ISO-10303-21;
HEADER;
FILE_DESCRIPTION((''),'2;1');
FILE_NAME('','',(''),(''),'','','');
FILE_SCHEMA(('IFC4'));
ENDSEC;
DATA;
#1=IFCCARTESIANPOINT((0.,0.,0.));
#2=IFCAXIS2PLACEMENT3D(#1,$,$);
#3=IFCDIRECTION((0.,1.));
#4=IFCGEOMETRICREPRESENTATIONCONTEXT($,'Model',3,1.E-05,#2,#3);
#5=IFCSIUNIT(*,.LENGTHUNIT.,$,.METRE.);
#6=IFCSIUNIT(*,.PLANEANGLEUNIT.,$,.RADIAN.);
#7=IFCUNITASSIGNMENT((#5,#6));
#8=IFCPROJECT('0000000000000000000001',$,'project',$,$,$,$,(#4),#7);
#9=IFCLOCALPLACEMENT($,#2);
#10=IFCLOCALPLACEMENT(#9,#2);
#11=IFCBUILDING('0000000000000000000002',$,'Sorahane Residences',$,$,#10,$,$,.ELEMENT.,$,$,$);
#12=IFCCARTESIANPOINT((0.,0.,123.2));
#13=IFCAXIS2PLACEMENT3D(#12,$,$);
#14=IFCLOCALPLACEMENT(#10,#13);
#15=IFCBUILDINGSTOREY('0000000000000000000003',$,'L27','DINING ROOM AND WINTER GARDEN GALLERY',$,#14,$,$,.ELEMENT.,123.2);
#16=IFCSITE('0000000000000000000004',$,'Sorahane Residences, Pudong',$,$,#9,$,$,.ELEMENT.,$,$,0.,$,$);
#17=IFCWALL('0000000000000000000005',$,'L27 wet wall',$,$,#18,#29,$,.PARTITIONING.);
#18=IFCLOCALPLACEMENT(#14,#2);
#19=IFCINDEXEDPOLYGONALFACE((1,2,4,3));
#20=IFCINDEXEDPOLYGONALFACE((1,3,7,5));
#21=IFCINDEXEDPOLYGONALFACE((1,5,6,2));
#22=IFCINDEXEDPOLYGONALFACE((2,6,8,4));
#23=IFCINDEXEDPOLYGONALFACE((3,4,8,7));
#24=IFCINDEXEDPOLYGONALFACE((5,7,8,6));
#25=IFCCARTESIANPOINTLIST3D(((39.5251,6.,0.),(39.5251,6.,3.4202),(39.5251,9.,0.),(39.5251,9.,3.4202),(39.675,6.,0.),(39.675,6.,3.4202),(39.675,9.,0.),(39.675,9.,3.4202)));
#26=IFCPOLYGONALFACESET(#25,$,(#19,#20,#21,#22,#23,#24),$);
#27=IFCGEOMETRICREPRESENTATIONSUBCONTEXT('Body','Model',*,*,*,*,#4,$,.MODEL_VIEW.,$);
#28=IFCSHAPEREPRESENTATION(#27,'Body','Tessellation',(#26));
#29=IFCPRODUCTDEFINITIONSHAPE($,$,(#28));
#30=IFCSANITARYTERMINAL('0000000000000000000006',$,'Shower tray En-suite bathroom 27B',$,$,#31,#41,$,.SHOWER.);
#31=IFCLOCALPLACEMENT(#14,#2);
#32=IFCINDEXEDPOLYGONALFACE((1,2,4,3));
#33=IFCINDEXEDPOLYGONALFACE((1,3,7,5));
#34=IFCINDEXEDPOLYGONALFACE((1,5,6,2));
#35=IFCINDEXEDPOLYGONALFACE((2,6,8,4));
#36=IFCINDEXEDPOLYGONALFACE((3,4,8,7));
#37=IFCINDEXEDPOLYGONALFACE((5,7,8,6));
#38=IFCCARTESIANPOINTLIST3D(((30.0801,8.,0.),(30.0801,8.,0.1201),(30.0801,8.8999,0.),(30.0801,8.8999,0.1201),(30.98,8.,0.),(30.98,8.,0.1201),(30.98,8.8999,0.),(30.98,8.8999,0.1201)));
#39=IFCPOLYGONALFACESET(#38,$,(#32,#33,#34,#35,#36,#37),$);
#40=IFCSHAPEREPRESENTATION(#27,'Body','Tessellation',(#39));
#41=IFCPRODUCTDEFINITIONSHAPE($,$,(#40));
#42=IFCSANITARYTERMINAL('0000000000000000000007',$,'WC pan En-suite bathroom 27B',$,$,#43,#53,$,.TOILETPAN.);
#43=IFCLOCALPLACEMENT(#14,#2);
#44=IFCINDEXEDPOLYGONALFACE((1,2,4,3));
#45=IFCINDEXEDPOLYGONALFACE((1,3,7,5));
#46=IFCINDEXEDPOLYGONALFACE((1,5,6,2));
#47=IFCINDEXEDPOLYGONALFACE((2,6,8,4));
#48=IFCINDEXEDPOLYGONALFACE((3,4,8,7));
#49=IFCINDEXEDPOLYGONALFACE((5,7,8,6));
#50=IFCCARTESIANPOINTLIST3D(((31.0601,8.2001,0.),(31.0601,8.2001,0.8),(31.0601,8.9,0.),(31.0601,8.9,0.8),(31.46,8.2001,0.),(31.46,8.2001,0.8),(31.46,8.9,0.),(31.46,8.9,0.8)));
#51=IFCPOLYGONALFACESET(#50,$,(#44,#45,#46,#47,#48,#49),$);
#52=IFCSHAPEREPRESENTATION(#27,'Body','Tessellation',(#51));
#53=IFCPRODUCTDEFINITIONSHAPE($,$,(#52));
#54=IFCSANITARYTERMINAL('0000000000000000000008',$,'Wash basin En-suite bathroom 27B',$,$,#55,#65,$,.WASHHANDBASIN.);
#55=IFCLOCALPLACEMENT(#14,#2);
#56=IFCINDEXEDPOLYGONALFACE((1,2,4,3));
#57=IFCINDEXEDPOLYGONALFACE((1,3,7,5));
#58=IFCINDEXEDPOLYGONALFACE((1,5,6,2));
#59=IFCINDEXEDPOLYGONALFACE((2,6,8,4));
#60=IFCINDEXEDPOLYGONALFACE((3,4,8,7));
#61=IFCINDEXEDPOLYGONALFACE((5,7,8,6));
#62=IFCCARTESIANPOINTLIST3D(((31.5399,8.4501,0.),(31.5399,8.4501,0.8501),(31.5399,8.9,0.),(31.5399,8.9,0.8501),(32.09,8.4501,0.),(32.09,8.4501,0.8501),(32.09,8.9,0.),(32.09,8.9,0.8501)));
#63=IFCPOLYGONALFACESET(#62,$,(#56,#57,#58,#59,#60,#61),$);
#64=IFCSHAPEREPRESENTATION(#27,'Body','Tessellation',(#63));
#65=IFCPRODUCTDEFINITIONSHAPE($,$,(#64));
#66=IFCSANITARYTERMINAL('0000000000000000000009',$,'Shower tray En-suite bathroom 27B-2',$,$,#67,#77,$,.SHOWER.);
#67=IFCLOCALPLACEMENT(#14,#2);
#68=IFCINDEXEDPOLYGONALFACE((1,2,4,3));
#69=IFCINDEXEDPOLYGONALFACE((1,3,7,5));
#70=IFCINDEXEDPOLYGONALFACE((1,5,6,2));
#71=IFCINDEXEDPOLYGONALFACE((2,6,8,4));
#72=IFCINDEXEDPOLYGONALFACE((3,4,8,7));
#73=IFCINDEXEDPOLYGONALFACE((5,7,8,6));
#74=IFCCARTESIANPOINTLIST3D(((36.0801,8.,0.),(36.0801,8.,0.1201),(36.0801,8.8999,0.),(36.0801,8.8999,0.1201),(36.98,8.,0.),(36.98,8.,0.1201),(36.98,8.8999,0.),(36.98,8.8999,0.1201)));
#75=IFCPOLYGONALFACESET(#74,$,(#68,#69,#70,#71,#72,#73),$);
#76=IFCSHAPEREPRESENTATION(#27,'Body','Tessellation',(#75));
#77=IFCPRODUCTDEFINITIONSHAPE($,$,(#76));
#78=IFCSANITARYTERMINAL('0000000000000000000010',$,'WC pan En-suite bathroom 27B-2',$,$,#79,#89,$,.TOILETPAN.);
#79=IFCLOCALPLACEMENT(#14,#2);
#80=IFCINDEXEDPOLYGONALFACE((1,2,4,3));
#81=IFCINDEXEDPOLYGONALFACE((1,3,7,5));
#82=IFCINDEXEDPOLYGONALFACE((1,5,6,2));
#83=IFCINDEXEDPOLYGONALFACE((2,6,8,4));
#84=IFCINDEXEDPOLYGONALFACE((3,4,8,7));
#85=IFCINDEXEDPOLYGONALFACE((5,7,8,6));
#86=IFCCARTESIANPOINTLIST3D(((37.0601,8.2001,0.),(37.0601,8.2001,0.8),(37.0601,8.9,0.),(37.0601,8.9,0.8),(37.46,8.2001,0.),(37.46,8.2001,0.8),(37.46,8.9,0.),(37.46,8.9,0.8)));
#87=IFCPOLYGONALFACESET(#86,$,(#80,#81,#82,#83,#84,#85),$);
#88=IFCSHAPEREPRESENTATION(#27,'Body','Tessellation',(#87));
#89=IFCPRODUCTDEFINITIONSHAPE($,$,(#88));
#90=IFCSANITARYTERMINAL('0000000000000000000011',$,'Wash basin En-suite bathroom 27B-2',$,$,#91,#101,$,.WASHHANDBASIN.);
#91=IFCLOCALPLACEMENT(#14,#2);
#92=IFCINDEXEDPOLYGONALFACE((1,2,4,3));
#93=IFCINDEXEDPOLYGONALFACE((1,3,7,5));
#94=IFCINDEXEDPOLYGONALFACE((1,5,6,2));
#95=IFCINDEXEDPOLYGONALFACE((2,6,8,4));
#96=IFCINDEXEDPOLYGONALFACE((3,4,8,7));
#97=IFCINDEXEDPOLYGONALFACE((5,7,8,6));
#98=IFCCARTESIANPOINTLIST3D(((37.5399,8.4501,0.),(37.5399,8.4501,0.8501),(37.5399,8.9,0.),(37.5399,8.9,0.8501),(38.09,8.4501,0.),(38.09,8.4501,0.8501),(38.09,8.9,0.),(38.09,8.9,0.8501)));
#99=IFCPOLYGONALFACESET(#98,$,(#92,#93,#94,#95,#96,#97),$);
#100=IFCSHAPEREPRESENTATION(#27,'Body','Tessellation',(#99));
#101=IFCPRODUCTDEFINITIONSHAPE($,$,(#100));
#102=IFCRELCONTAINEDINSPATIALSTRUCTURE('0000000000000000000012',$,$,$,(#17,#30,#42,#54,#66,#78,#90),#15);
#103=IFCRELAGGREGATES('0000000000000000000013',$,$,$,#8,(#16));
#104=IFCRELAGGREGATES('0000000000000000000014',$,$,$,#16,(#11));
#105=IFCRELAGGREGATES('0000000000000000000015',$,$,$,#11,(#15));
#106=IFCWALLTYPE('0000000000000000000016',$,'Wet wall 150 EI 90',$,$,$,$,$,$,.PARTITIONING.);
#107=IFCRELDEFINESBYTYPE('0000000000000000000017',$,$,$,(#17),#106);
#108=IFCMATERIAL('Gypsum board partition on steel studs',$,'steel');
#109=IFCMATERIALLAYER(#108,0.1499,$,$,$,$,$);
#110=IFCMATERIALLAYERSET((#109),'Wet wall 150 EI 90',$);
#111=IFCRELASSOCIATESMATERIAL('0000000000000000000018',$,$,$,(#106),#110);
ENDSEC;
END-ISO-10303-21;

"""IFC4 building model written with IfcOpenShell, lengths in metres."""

from ifc_helpers import new_model, si_unit, direction, frame, frame_2d, origin, origin_2d, place, context, subcontext, project, spatial, rectangle, extrude, material, layer, layer_set, type_object, element, save


model = new_model("IFC4")

# Units and contexts
model_context = context("Model", 3, precision=1e-05, world=origin(), true_north=direction((0.0, 1.0)))
body_context = subcontext(model_context, "Body", "Model", "MODEL_VIEW")
ifc_project = project(units=[si_unit("LENGTHUNIT", "METRE"), si_unit("PLANEANGLEUNIT", "RADIAN")], contexts=[model_context])

# Site, building, storey
site_placement = place(None, origin())
site = spatial("IfcSite", under=ifc_project, at=site_placement, Name="Sorahane Residences, Pudong", CompositionType="ELEMENT", RefElevation=0.0)
building_placement = place(site_placement, origin())
building = spatial("IfcBuilding", under=site, at=building_placement, Name="Sorahane Residences", CompositionType="ELEMENT")
storey_placement = place(building_placement, frame((0.0, 0.0, 123.2)))
storey = spatial("IfcBuildingStorey", under=building, at=storey_placement, Name="L27", Description="DINING ROOM AND WINTER GARDEN GALLERY", CompositionType="ELEMENT", Elevation=123.2)

# Wall
ifc_material_1 = material(Name="Gypsum board partition on steel studs", Category="steel")
ifc_layer_1 = layer(ifc_material_1, 0.1499)
ifc_layer_set_1 = layer_set([ifc_layer_1], Name="Wet wall 150 EI 90")
wall_type_1 = type_object("IfcWallType", Name="Wet wall 150 EI 90", PredefinedType="PARTITIONING", material=ifc_layer_set_1)
wall_1_placement = place(storey_placement, frame((39.6001, 6.0, 0.0), z_axis=(0.0, 0.0, 1.0), x_axis=(0.0, 1.0, 0.0)))
element("IfcWall", 1, at=wall_1_placement, inside=storey, type_object=wall_type_1, Name="L27 wet wall", PredefinedType="PARTITIONING", context=body_context, shape_type="SweptSolid", body=[
    extrude(rectangle(XDim=3.0, YDim=0.1499, at=frame_2d((1.5, 0.0))), origin(), (0.0, 0.0, 1.0), 3.4202),
])

# Sanitary terminals
sanitary_terminal_1_placement = place(storey_placement, frame((30.53, 8.45, 0.0), z_axis=(0.0, 0.0, 1.0), x_axis=(1.0, 0.0, 0.0)))
element("IfcSanitaryTerminal", 2, at=sanitary_terminal_1_placement, inside=storey, Name="Shower tray En-suite bathroom 27B", PredefinedType="SHOWER", context=body_context, shape_type="SweptSolid", body=[
    extrude(rectangle(XDim=0.8999, YDim=0.8999, at=origin_2d()), origin(), (0.0, 0.0, 1.0), 0.1201),
])
sanitary_terminal_2_placement = place(storey_placement, frame((31.26, 8.55, 0.0), z_axis=(0.0, 0.0, 1.0), x_axis=(1.0, 0.0, 0.0)))
element("IfcSanitaryTerminal", 3, at=sanitary_terminal_2_placement, inside=storey, Name="WC pan En-suite bathroom 27B", PredefinedType="TOILETPAN", context=body_context, shape_type="SweptSolid", body=[
    extrude(rectangle(XDim=0.3999, YDim=0.7, at=origin_2d()), origin(), (0.0, 0.0, 1.0), 0.8),
])
sanitary_terminal_3_placement = place(storey_placement, frame((31.8149, 8.675, 0.0), z_axis=(0.0, 0.0, 1.0), x_axis=(1.0, 0.0, 0.0)))
element("IfcSanitaryTerminal", 4, at=sanitary_terminal_3_placement, inside=storey, Name="Wash basin En-suite bathroom 27B", PredefinedType="WASHHANDBASIN", context=body_context, shape_type="SweptSolid", body=[
    extrude(rectangle(XDim=0.55, YDim=0.45, at=origin_2d()), origin(), (0.0, 0.0, 1.0), 0.8501),
])
sanitary_terminal_4_placement = place(storey_placement, frame((36.53, 8.45, 0.0), z_axis=(0.0, 0.0, 1.0), x_axis=(1.0, 0.0, 0.0)))
element("IfcSanitaryTerminal", 5, at=sanitary_terminal_4_placement, inside=storey, Name="Shower tray En-suite bathroom 27B-2", PredefinedType="SHOWER", context=body_context, shape_type="SweptSolid", body=[
    extrude(rectangle(XDim=0.8999, YDim=0.8999, at=origin_2d()), origin(), (0.0, 0.0, 1.0), 0.1201),
])
sanitary_terminal_5_placement = place(storey_placement, frame((37.26, 8.55, 0.0), z_axis=(0.0, 0.0, 1.0), x_axis=(1.0, 0.0, 0.0)))
element("IfcSanitaryTerminal", 6, at=sanitary_terminal_5_placement, inside=storey, Name="WC pan En-suite bathroom 27B-2", PredefinedType="TOILETPAN", context=body_context, shape_type="SweptSolid", body=[
    extrude(rectangle(XDim=0.3999, YDim=0.7, at=origin_2d()), origin(), (0.0, 0.0, 1.0), 0.8),
])
sanitary_terminal_6_placement = place(storey_placement, frame((37.8149, 8.675, 0.0), z_axis=(0.0, 0.0, 1.0), x_axis=(1.0, 0.0, 0.0)))
element("IfcSanitaryTerminal", 7, at=sanitary_terminal_6_placement, inside=storey, Name="Wash basin En-suite bathroom 27B-2", PredefinedType="WASHHANDBASIN", context=body_context, shape_type="SweptSolid", body=[
    extrude(rectangle(XDim=0.55, YDim=0.45, at=origin_2d()), origin(), (0.0, 0.0, 1.0), 0.8501),
])

save(model, "model.ifc")
